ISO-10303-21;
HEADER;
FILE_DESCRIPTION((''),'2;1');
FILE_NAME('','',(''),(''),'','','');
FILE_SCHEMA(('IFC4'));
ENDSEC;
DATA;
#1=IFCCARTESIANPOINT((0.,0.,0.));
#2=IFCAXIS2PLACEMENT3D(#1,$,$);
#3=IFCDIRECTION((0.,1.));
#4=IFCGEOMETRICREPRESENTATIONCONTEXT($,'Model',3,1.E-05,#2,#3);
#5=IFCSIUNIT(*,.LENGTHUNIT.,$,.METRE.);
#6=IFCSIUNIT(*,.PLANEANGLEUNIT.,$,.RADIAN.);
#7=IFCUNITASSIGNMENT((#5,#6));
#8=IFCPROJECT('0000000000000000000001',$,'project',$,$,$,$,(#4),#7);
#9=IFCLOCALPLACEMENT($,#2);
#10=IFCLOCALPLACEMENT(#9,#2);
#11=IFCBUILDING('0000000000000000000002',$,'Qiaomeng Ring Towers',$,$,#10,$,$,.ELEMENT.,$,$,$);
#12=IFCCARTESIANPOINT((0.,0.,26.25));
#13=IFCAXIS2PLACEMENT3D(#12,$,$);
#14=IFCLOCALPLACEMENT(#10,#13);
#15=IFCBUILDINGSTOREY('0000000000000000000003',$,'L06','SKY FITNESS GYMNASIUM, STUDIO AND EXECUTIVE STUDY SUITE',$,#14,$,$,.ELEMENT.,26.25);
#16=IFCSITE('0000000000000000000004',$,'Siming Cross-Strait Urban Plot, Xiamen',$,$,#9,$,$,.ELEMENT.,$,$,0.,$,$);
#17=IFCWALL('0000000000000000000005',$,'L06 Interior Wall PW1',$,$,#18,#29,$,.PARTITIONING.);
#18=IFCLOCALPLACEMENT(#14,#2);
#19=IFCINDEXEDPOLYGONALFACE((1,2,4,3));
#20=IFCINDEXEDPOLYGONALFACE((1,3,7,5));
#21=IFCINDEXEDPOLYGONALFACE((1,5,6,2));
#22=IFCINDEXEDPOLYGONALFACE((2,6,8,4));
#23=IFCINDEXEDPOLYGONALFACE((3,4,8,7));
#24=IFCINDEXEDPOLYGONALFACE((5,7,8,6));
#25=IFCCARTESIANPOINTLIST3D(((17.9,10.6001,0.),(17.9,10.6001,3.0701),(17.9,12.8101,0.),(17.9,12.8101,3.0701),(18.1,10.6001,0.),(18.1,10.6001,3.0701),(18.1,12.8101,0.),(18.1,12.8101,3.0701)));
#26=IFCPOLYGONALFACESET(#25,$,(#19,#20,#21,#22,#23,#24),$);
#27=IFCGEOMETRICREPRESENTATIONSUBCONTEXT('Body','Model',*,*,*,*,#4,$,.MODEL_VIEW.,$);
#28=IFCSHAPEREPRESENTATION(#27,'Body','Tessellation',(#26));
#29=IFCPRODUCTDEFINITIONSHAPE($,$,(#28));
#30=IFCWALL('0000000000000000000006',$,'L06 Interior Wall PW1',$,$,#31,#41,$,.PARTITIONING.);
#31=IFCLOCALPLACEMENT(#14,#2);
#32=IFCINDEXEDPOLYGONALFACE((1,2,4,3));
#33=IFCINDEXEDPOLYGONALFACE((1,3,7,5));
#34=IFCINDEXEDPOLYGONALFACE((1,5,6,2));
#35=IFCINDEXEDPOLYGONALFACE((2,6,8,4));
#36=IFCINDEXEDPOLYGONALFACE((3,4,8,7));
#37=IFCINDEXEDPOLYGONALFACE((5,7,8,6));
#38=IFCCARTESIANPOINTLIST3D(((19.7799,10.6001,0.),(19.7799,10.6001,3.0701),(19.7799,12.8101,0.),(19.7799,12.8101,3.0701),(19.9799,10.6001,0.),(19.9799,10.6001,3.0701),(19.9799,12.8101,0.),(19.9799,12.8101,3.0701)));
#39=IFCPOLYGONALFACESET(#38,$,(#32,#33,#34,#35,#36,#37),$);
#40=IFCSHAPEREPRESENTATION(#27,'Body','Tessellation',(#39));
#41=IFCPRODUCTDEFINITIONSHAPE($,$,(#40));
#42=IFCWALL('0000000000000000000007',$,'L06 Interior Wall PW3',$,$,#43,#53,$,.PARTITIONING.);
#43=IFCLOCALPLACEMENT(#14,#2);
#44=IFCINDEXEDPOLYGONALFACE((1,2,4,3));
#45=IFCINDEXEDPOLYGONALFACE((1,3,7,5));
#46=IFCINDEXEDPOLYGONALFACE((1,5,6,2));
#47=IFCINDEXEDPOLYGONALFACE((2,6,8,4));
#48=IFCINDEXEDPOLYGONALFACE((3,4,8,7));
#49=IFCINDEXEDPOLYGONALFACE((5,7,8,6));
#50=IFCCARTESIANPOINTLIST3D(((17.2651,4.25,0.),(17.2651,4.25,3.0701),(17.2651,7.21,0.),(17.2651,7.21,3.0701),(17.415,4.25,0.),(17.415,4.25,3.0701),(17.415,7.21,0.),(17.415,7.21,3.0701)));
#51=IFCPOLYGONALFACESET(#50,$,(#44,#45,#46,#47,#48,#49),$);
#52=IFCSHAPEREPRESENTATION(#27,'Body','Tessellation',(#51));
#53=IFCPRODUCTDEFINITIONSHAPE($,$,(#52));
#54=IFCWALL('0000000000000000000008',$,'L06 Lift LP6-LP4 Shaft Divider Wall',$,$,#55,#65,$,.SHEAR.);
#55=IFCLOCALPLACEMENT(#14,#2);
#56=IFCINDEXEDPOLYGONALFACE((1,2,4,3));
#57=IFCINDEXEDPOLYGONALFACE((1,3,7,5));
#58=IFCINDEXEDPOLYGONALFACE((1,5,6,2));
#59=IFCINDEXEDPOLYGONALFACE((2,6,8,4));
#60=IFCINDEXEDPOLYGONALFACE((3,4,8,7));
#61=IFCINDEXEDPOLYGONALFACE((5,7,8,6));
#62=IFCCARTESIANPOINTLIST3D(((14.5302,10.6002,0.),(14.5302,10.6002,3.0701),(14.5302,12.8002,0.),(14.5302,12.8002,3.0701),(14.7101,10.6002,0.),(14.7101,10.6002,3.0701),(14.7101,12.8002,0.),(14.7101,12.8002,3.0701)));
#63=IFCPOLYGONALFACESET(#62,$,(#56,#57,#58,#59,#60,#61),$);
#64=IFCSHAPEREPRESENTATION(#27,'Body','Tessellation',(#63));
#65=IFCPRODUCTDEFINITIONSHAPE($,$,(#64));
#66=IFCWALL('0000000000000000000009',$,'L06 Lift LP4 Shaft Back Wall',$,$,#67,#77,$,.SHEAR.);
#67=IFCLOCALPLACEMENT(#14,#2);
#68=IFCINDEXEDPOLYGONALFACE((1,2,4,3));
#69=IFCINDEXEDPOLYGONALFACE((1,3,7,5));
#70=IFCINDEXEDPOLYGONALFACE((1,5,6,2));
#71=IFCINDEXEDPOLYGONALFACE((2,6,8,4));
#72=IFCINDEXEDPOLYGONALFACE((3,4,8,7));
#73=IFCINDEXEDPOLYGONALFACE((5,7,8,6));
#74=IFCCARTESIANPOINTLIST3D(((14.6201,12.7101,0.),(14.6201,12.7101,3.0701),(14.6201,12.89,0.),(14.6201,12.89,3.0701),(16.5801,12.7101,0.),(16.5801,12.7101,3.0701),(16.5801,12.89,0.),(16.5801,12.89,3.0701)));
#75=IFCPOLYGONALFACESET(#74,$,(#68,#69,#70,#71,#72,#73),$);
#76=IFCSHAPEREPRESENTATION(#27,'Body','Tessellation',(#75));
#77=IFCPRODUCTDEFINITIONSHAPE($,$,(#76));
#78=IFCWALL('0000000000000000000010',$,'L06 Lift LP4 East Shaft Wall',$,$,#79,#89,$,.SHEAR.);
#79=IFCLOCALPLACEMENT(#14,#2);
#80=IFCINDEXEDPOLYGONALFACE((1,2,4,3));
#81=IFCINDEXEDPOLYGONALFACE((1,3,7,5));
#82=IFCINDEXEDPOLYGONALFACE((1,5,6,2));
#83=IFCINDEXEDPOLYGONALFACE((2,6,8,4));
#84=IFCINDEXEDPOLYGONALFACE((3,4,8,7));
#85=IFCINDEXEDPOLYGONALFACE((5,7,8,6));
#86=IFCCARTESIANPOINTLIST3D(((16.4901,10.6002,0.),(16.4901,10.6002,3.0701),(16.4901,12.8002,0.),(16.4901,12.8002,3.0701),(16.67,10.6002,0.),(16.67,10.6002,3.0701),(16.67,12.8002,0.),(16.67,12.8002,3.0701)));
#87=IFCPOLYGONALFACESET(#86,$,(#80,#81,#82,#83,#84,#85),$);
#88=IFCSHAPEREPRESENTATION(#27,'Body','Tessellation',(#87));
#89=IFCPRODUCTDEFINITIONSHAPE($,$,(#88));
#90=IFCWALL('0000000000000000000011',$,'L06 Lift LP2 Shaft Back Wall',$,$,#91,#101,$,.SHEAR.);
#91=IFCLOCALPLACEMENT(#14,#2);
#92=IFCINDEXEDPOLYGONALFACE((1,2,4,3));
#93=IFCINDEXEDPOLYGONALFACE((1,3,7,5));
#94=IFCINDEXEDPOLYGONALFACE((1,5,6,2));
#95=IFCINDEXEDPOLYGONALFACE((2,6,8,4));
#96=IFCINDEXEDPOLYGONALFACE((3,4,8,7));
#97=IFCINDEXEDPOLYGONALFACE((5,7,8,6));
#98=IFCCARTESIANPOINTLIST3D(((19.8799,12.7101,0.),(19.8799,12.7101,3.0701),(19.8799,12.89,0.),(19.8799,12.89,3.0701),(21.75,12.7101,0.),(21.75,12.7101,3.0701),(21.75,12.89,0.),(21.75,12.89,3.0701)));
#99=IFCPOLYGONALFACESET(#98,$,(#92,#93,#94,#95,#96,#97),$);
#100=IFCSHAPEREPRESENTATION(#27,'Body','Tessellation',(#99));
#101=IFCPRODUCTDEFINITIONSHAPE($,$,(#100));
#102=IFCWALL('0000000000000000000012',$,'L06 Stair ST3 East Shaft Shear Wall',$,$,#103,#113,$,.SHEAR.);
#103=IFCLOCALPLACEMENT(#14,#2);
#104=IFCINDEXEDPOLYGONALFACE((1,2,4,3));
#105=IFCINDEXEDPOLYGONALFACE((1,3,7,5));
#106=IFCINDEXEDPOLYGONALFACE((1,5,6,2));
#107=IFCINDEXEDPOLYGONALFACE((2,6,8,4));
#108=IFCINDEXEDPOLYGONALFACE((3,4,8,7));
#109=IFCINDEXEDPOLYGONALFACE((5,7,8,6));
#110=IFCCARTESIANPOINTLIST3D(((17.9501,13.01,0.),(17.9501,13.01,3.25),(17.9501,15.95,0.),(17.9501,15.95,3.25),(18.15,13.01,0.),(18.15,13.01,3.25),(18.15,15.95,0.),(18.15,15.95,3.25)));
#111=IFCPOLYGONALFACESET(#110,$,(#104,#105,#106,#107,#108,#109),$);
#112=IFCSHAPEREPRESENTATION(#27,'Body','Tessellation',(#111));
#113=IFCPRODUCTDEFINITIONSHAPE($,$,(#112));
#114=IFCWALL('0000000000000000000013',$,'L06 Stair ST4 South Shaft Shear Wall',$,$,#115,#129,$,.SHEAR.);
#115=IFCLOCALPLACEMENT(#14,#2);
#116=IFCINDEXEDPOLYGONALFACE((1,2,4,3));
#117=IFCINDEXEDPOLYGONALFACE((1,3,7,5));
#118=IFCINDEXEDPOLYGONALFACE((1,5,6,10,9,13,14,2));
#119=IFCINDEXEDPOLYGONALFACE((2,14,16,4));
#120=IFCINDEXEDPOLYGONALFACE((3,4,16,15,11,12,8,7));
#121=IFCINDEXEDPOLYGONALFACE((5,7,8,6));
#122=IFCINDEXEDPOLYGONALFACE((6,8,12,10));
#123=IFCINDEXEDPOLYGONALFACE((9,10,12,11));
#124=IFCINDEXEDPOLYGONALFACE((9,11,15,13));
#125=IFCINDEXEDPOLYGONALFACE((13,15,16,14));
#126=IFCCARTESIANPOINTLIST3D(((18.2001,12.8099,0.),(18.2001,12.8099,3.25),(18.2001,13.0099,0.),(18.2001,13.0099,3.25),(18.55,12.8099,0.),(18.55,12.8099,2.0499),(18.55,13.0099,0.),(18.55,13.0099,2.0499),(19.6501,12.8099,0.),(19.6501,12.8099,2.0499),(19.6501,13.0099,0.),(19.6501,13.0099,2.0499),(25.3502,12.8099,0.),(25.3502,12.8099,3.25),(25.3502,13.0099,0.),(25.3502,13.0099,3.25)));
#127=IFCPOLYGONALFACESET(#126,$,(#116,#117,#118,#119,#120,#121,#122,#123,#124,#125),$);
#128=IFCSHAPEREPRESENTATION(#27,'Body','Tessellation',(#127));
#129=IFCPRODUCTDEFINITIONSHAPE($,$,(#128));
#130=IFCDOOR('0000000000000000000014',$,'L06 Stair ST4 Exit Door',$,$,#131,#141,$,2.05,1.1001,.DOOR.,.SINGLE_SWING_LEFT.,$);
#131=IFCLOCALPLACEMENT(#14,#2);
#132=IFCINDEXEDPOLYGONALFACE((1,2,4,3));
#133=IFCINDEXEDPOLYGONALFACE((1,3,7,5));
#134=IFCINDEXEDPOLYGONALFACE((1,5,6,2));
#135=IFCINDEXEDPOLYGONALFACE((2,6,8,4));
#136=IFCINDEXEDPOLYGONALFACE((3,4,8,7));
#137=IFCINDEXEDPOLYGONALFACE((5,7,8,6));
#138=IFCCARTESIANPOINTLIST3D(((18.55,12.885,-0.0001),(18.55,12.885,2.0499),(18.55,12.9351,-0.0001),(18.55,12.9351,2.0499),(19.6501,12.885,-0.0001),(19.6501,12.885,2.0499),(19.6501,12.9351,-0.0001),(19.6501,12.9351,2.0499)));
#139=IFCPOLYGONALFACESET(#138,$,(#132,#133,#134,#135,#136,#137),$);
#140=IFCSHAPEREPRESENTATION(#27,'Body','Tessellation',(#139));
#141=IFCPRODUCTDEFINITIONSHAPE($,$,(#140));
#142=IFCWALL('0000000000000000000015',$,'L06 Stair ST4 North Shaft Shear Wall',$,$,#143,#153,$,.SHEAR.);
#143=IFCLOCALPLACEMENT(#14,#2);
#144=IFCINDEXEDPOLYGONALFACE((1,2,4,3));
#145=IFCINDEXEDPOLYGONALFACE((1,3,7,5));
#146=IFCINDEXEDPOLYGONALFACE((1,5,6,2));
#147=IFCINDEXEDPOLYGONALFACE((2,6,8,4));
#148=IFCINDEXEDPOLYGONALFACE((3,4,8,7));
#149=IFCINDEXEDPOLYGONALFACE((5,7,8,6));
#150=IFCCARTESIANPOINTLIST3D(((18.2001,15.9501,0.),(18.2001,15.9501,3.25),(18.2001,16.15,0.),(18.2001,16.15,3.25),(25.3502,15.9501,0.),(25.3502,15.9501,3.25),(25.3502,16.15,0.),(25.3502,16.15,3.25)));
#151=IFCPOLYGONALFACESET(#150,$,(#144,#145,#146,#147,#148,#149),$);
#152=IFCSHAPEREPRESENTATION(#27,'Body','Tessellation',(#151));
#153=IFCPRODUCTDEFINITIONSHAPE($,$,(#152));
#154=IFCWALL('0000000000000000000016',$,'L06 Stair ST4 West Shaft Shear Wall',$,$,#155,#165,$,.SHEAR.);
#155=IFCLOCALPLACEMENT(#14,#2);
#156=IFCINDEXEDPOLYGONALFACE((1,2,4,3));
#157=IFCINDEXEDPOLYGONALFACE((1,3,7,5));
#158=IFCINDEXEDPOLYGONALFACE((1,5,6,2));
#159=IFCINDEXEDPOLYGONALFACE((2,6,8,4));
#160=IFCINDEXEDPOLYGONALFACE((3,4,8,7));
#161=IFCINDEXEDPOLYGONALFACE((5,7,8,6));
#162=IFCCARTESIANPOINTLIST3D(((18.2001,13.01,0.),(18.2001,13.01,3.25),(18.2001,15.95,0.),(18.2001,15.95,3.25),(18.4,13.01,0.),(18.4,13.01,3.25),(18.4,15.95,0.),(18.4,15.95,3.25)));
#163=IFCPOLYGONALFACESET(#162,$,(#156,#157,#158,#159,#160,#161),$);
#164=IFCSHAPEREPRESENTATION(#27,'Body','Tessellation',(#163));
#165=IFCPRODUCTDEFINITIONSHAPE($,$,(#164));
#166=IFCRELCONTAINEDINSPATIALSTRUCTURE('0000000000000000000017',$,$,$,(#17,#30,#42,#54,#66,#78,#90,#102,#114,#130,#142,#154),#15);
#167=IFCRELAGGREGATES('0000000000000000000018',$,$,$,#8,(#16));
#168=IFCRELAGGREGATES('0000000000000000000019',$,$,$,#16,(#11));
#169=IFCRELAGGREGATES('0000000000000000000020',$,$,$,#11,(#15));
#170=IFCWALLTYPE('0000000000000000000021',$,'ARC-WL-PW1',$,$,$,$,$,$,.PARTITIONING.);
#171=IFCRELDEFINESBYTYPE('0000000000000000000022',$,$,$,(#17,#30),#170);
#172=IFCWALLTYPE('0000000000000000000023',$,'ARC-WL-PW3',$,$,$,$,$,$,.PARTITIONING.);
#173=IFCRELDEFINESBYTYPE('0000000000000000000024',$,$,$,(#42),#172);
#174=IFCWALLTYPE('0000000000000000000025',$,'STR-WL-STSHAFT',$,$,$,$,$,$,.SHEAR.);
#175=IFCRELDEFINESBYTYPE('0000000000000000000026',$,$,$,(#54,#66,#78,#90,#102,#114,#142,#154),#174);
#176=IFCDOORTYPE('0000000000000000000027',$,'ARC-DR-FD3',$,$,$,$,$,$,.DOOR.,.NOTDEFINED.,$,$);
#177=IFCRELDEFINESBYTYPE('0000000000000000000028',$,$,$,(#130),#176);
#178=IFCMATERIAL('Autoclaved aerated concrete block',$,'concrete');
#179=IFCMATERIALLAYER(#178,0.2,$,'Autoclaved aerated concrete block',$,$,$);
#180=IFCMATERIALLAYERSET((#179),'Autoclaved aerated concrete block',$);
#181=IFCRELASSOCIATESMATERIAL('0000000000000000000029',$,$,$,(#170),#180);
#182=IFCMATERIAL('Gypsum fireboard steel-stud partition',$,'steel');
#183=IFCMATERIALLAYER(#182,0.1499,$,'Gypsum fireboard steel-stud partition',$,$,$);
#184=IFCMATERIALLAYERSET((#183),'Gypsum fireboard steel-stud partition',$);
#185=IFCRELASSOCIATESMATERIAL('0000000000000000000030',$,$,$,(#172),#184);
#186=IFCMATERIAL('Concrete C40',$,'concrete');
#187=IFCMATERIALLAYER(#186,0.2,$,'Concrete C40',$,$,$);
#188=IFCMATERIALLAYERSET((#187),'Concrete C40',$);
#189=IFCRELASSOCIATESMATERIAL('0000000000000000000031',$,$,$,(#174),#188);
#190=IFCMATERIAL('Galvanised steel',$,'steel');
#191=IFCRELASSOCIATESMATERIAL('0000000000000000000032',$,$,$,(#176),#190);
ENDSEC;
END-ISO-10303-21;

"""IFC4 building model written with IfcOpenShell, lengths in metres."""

from ifc_helpers import new_model, si_unit, direction, frame, frame_2d, origin, place, context, subcontext, project, spatial, rectangle, extrude, source, transform, mapped, material, layer, layer_set, type_object, element, fill, save


model = new_model("IFC4")

# Units and contexts
model_context = context("Model", 3, precision=1e-05, world=origin(), true_north=direction((0.0, 1.0)))
body_context = subcontext(model_context, "Body", "Model", "MODEL_VIEW")
ifc_project = project(units=[si_unit("LENGTHUNIT", "METRE"), si_unit("PLANEANGLEUNIT", "RADIAN")], contexts=[model_context])

# Site, building, storey
site_placement = place(None, origin())
site = spatial("IfcSite", under=ifc_project, at=site_placement, Name="Siming Cross-Strait Urban Plot, Xiamen", CompositionType="ELEMENT", RefElevation=0.0)
building_placement = place(site_placement, origin())
building = spatial("IfcBuilding", under=site, at=building_placement, Name="Qiaomeng Ring Towers", CompositionType="ELEMENT")
storey_placement = place(building_placement, frame((0.0, 0.0, 26.25)))
storey = spatial("IfcBuildingStorey", under=building, at=storey_placement, Name="L06", Description="SKY FITNESS GYMNASIUM, STUDIO AND EXECUTIVE STUDY SUITE", CompositionType="ELEMENT", Elevation=26.25)

# Walls
ifc_material_1 = material(Name="Autoclaved aerated concrete block", Category="concrete")
ifc_layer_1 = layer(ifc_material_1, 0.2, Name="Autoclaved aerated concrete block")
ifc_layer_set_1 = layer_set([ifc_layer_1], Name="Autoclaved aerated concrete block")
wall_type_1 = type_object("IfcWallType", Name="ARC-WL-PW1", PredefinedType="PARTITIONING", material=ifc_layer_set_1)
for number, where, z_axis, x_axis, name in (
    (1, (18.0, 10.6001, 0.0), (0.0, 0.0, 1.0), (0.0, 1.0, 0.0), "L06 Interior Wall PW1"),
    (2, (19.8799, 10.6001, 0.0), (0.0, 0.0, 1.0), (0.0, 1.0, 0.0), "L06 Interior Wall PW1"),
):
    element("IfcWall", number, at=place(storey_placement, frame(where, z_axis=z_axis, x_axis=x_axis)), inside=storey, type_object=wall_type_1, Name=name, PredefinedType="PARTITIONING", context=body_context, shape_type="SweptSolid", body=[
        extrude(rectangle(XDim=2.21, YDim=0.2, at=frame_2d((1.105, 0.0))), origin(), (0.0, 0.0, 1.0), 3.0701),
    ])
ifc_material_2 = material(Name="Gypsum fireboard steel-stud partition", Category="steel")
ifc_layer_2 = layer(ifc_material_2, 0.1499, Name="Gypsum fireboard steel-stud partition")
ifc_layer_set_2 = layer_set([ifc_layer_2], Name="Gypsum fireboard steel-stud partition")
wall_type_2 = type_object("IfcWallType", Name="ARC-WL-PW3", PredefinedType="PARTITIONING", material=ifc_layer_set_2)
wall_1_placement = place(storey_placement, frame((17.3401, 4.25, 0.0), z_axis=(0.0, 0.0, 1.0), x_axis=(0.0, 1.0, 0.0)))
element("IfcWall", 3, at=wall_1_placement, inside=storey, type_object=wall_type_2, Name="L06 Interior Wall PW3", PredefinedType="PARTITIONING", context=body_context, shape_type="SweptSolid", body=[
    extrude(rectangle(XDim=2.96, YDim=0.1499, at=frame_2d((1.48, 0.0))), origin(), (0.0, 0.0, 1.0), 3.0701),
])
ifc_material_3 = material(Name="Concrete C40", Category="concrete")
ifc_layer_3 = layer(ifc_material_3, 0.2, Name="Concrete C40")
ifc_layer_set_3 = layer_set([ifc_layer_3], Name="Concrete C40")
wall_type_3 = type_object("IfcWallType", Name="STR-WL-STSHAFT", PredefinedType="SHEAR", material=ifc_layer_set_3)
wall_2_placement = place(storey_placement, frame((14.6201, 10.6001, 0.0), z_axis=(0.0, 0.0, 1.0), x_axis=(0.0, 1.0, 0.0)))
element("IfcWall", 4, at=wall_2_placement, inside=storey, type_object=wall_type_3, Name="L06 Lift LP6-LP4 Shaft Divider Wall", PredefinedType="SHEAR", context=body_context, shape_type="SweptSolid", body=[
    extrude(rectangle(XDim=2.2, YDim=0.1799, at=frame_2d((1.1001, 0.0))), origin(), (0.0, 0.0, 1.0), 3.0701),
])
wall_3_placement = place(storey_placement, frame((14.6201, 12.8, 0.0), z_axis=(0.0, 0.0, 1.0), x_axis=(1.0, 0.0, 0.0)))
element("IfcWall", 5, at=wall_3_placement, inside=storey, type_object=wall_type_3, Name="L06 Lift LP4 Shaft Back Wall", PredefinedType="SHEAR", context=body_context, shape_type="SweptSolid", body=[
    extrude(rectangle(XDim=1.96, YDim=0.1799, at=frame_2d((0.98, 0.0))), origin(), (0.0, 0.0, 1.0), 3.0701),
])
wall_4_placement = place(storey_placement, frame((16.5801, 10.6001, 0.0), z_axis=(0.0, 0.0, 1.0), x_axis=(0.0, 1.0, 0.0)))
element("IfcWall", 6, at=wall_4_placement, inside=storey, type_object=wall_type_3, Name="L06 Lift LP4 East Shaft Wall", PredefinedType="SHEAR", context=body_context, shape_type="SweptSolid", body=[
    extrude(rectangle(XDim=2.2, YDim=0.1799, at=frame_2d((1.1001, 0.0))), origin(), (0.0, 0.0, 1.0), 3.0701),
])
wall_5_placement = place(storey_placement, frame((19.8799, 12.8, 0.0), z_axis=(0.0, 0.0, 1.0), x_axis=(1.0, 0.0, 0.0)))
element("IfcWall", 7, at=wall_5_placement, inside=storey, type_object=wall_type_3, Name="L06 Lift LP2 Shaft Back Wall", PredefinedType="SHEAR", context=body_context, shape_type="SweptSolid", body=[
    extrude(rectangle(XDim=1.8701, YDim=0.1799, at=frame_2d((0.9351, 0.0))), origin(), (0.0, 0.0, 1.0), 3.0701),
])
wall_6_placement = place(storey_placement, frame((18.05, 13.01, 0.0), z_axis=(0.0, 0.0, 1.0), x_axis=(0.0, 1.0, 0.0)))
element("IfcWall", 8, at=wall_6_placement, inside=storey, type_object=wall_type_3, Name="L06 Stair ST3 East Shaft Shear Wall", PredefinedType="SHEAR", context=body_context, shape_type="SweptSolid", body=[
    extrude(rectangle(XDim=2.9399, YDim=0.2, at=frame_2d((1.47, 0.0))), origin(), (0.0, 0.0, 1.0), 3.25),
])

# Wall, opening, door
wall_7_placement = place(storey_placement, frame((18.2, 12.9099, 0.0), z_axis=(0.0, 0.0, 1.0), x_axis=(1.0, 0.0, 0.0)))
wall_7 = element("IfcWall", 9, at=wall_7_placement, inside=storey, type_object=wall_type_3, Name="L06 Stair ST4 South Shaft Shear Wall", PredefinedType="SHEAR", context=body_context, shape_type="SweptSolid", body=[
    extrude(rectangle(XDim=7.1501, YDim=0.2, at=frame_2d((3.5752, 0.0))), origin(), (0.0, 0.0, 1.0), 3.25),
])
opening_placement = place(wall_7_placement, frame((0.3501, 0.0, 0.0)))
opening = element("IfcOpeningElement", 10, at=opening_placement, cuts=wall_7, PredefinedType="OPENING", context=body_context, shape_type="SweptSolid", body=[
    extrude(rectangle(XDim=1.1001, YDim=2.05, at=frame_2d((0.55, 1.0249))), frame((0.0, 0.1099, 0.0), z_axis=(0.0, -1.0, 0.0), x_axis=(1.0, 0.0, 0.0)), (0.0, 0.0, 1.0), 0.22),
])
ifc_material_4 = material(Name="Galvanised steel", Category="steel")
door_type = type_object("IfcDoorType", Name="ARC-DR-FD3", OperationType="NOTDEFINED", PredefinedType="DOOR", material=ifc_material_4)
shared_shape_1 = source(origin(), body_context, "Body", "SweptSolid", [
    extrude(rectangle(XDim=1.1001, YDim=2.05, at=frame_2d((0.55, 1.0249))), frame((0.0, 0.0249, 0.0), z_axis=(0.0, -1.0, 0.0), x_axis=(1.0, 0.0, 0.0)), (0.0, 0.0, 1.0), 0.05),
])
door_placement = place(opening_placement, frame((1.1001, 0.0, 0.0), z_axis=(0.0, 0.0, 1.0), x_axis=(-1.0, 0.0, 0.0)))
door = element("IfcDoor", 11, at=door_placement, inside=storey, type_object=door_type, Name="L06 Stair ST4 Exit Door", OperationType="SINGLE_SWING_LEFT", OverallHeight=2.05, OverallWidth=1.1001, PredefinedType="DOOR", context=body_context, shape_type="MappedRepresentation", body=[
    mapped(shared_shape_1, transform((0.0, 0.0, 0.0), x_axis=(1.0, 0.0, 0.0), y_axis=(0.0, 1.0, 0.0), z_axis=(0.0, 0.0, 1.0), scale=1.0)),
])
fill(opening, door)

# Walls
wall_8_placement = place(storey_placement, frame((18.2, 16.05, 0.0), z_axis=(0.0, 0.0, 1.0), x_axis=(1.0, 0.0, 0.0)))
element("IfcWall", 12, at=wall_8_placement, inside=storey, type_object=wall_type_3, Name="L06 Stair ST4 North Shaft Shear Wall", PredefinedType="SHEAR", context=body_context, shape_type="SweptSolid", body=[
    extrude(rectangle(XDim=7.1501, YDim=0.2, at=frame_2d((3.5752, 0.0))), origin(), (0.0, 0.0, 1.0), 3.25),
])
wall_9_placement = place(storey_placement, frame((18.3, 13.01, 0.0), z_axis=(0.0, 0.0, 1.0), x_axis=(0.0, 1.0, 0.0)))
element("IfcWall", 13, at=wall_9_placement, inside=storey, type_object=wall_type_3, Name="L06 Stair ST4 West Shaft Shear Wall", PredefinedType="SHEAR", context=body_context, shape_type="SweptSolid", body=[
    extrude(rectangle(XDim=2.9399, YDim=0.2, at=frame_2d((1.47, 0.0))), origin(), (0.0, 0.0, 1.0), 3.25),
])

save(model, "model.ifc")
